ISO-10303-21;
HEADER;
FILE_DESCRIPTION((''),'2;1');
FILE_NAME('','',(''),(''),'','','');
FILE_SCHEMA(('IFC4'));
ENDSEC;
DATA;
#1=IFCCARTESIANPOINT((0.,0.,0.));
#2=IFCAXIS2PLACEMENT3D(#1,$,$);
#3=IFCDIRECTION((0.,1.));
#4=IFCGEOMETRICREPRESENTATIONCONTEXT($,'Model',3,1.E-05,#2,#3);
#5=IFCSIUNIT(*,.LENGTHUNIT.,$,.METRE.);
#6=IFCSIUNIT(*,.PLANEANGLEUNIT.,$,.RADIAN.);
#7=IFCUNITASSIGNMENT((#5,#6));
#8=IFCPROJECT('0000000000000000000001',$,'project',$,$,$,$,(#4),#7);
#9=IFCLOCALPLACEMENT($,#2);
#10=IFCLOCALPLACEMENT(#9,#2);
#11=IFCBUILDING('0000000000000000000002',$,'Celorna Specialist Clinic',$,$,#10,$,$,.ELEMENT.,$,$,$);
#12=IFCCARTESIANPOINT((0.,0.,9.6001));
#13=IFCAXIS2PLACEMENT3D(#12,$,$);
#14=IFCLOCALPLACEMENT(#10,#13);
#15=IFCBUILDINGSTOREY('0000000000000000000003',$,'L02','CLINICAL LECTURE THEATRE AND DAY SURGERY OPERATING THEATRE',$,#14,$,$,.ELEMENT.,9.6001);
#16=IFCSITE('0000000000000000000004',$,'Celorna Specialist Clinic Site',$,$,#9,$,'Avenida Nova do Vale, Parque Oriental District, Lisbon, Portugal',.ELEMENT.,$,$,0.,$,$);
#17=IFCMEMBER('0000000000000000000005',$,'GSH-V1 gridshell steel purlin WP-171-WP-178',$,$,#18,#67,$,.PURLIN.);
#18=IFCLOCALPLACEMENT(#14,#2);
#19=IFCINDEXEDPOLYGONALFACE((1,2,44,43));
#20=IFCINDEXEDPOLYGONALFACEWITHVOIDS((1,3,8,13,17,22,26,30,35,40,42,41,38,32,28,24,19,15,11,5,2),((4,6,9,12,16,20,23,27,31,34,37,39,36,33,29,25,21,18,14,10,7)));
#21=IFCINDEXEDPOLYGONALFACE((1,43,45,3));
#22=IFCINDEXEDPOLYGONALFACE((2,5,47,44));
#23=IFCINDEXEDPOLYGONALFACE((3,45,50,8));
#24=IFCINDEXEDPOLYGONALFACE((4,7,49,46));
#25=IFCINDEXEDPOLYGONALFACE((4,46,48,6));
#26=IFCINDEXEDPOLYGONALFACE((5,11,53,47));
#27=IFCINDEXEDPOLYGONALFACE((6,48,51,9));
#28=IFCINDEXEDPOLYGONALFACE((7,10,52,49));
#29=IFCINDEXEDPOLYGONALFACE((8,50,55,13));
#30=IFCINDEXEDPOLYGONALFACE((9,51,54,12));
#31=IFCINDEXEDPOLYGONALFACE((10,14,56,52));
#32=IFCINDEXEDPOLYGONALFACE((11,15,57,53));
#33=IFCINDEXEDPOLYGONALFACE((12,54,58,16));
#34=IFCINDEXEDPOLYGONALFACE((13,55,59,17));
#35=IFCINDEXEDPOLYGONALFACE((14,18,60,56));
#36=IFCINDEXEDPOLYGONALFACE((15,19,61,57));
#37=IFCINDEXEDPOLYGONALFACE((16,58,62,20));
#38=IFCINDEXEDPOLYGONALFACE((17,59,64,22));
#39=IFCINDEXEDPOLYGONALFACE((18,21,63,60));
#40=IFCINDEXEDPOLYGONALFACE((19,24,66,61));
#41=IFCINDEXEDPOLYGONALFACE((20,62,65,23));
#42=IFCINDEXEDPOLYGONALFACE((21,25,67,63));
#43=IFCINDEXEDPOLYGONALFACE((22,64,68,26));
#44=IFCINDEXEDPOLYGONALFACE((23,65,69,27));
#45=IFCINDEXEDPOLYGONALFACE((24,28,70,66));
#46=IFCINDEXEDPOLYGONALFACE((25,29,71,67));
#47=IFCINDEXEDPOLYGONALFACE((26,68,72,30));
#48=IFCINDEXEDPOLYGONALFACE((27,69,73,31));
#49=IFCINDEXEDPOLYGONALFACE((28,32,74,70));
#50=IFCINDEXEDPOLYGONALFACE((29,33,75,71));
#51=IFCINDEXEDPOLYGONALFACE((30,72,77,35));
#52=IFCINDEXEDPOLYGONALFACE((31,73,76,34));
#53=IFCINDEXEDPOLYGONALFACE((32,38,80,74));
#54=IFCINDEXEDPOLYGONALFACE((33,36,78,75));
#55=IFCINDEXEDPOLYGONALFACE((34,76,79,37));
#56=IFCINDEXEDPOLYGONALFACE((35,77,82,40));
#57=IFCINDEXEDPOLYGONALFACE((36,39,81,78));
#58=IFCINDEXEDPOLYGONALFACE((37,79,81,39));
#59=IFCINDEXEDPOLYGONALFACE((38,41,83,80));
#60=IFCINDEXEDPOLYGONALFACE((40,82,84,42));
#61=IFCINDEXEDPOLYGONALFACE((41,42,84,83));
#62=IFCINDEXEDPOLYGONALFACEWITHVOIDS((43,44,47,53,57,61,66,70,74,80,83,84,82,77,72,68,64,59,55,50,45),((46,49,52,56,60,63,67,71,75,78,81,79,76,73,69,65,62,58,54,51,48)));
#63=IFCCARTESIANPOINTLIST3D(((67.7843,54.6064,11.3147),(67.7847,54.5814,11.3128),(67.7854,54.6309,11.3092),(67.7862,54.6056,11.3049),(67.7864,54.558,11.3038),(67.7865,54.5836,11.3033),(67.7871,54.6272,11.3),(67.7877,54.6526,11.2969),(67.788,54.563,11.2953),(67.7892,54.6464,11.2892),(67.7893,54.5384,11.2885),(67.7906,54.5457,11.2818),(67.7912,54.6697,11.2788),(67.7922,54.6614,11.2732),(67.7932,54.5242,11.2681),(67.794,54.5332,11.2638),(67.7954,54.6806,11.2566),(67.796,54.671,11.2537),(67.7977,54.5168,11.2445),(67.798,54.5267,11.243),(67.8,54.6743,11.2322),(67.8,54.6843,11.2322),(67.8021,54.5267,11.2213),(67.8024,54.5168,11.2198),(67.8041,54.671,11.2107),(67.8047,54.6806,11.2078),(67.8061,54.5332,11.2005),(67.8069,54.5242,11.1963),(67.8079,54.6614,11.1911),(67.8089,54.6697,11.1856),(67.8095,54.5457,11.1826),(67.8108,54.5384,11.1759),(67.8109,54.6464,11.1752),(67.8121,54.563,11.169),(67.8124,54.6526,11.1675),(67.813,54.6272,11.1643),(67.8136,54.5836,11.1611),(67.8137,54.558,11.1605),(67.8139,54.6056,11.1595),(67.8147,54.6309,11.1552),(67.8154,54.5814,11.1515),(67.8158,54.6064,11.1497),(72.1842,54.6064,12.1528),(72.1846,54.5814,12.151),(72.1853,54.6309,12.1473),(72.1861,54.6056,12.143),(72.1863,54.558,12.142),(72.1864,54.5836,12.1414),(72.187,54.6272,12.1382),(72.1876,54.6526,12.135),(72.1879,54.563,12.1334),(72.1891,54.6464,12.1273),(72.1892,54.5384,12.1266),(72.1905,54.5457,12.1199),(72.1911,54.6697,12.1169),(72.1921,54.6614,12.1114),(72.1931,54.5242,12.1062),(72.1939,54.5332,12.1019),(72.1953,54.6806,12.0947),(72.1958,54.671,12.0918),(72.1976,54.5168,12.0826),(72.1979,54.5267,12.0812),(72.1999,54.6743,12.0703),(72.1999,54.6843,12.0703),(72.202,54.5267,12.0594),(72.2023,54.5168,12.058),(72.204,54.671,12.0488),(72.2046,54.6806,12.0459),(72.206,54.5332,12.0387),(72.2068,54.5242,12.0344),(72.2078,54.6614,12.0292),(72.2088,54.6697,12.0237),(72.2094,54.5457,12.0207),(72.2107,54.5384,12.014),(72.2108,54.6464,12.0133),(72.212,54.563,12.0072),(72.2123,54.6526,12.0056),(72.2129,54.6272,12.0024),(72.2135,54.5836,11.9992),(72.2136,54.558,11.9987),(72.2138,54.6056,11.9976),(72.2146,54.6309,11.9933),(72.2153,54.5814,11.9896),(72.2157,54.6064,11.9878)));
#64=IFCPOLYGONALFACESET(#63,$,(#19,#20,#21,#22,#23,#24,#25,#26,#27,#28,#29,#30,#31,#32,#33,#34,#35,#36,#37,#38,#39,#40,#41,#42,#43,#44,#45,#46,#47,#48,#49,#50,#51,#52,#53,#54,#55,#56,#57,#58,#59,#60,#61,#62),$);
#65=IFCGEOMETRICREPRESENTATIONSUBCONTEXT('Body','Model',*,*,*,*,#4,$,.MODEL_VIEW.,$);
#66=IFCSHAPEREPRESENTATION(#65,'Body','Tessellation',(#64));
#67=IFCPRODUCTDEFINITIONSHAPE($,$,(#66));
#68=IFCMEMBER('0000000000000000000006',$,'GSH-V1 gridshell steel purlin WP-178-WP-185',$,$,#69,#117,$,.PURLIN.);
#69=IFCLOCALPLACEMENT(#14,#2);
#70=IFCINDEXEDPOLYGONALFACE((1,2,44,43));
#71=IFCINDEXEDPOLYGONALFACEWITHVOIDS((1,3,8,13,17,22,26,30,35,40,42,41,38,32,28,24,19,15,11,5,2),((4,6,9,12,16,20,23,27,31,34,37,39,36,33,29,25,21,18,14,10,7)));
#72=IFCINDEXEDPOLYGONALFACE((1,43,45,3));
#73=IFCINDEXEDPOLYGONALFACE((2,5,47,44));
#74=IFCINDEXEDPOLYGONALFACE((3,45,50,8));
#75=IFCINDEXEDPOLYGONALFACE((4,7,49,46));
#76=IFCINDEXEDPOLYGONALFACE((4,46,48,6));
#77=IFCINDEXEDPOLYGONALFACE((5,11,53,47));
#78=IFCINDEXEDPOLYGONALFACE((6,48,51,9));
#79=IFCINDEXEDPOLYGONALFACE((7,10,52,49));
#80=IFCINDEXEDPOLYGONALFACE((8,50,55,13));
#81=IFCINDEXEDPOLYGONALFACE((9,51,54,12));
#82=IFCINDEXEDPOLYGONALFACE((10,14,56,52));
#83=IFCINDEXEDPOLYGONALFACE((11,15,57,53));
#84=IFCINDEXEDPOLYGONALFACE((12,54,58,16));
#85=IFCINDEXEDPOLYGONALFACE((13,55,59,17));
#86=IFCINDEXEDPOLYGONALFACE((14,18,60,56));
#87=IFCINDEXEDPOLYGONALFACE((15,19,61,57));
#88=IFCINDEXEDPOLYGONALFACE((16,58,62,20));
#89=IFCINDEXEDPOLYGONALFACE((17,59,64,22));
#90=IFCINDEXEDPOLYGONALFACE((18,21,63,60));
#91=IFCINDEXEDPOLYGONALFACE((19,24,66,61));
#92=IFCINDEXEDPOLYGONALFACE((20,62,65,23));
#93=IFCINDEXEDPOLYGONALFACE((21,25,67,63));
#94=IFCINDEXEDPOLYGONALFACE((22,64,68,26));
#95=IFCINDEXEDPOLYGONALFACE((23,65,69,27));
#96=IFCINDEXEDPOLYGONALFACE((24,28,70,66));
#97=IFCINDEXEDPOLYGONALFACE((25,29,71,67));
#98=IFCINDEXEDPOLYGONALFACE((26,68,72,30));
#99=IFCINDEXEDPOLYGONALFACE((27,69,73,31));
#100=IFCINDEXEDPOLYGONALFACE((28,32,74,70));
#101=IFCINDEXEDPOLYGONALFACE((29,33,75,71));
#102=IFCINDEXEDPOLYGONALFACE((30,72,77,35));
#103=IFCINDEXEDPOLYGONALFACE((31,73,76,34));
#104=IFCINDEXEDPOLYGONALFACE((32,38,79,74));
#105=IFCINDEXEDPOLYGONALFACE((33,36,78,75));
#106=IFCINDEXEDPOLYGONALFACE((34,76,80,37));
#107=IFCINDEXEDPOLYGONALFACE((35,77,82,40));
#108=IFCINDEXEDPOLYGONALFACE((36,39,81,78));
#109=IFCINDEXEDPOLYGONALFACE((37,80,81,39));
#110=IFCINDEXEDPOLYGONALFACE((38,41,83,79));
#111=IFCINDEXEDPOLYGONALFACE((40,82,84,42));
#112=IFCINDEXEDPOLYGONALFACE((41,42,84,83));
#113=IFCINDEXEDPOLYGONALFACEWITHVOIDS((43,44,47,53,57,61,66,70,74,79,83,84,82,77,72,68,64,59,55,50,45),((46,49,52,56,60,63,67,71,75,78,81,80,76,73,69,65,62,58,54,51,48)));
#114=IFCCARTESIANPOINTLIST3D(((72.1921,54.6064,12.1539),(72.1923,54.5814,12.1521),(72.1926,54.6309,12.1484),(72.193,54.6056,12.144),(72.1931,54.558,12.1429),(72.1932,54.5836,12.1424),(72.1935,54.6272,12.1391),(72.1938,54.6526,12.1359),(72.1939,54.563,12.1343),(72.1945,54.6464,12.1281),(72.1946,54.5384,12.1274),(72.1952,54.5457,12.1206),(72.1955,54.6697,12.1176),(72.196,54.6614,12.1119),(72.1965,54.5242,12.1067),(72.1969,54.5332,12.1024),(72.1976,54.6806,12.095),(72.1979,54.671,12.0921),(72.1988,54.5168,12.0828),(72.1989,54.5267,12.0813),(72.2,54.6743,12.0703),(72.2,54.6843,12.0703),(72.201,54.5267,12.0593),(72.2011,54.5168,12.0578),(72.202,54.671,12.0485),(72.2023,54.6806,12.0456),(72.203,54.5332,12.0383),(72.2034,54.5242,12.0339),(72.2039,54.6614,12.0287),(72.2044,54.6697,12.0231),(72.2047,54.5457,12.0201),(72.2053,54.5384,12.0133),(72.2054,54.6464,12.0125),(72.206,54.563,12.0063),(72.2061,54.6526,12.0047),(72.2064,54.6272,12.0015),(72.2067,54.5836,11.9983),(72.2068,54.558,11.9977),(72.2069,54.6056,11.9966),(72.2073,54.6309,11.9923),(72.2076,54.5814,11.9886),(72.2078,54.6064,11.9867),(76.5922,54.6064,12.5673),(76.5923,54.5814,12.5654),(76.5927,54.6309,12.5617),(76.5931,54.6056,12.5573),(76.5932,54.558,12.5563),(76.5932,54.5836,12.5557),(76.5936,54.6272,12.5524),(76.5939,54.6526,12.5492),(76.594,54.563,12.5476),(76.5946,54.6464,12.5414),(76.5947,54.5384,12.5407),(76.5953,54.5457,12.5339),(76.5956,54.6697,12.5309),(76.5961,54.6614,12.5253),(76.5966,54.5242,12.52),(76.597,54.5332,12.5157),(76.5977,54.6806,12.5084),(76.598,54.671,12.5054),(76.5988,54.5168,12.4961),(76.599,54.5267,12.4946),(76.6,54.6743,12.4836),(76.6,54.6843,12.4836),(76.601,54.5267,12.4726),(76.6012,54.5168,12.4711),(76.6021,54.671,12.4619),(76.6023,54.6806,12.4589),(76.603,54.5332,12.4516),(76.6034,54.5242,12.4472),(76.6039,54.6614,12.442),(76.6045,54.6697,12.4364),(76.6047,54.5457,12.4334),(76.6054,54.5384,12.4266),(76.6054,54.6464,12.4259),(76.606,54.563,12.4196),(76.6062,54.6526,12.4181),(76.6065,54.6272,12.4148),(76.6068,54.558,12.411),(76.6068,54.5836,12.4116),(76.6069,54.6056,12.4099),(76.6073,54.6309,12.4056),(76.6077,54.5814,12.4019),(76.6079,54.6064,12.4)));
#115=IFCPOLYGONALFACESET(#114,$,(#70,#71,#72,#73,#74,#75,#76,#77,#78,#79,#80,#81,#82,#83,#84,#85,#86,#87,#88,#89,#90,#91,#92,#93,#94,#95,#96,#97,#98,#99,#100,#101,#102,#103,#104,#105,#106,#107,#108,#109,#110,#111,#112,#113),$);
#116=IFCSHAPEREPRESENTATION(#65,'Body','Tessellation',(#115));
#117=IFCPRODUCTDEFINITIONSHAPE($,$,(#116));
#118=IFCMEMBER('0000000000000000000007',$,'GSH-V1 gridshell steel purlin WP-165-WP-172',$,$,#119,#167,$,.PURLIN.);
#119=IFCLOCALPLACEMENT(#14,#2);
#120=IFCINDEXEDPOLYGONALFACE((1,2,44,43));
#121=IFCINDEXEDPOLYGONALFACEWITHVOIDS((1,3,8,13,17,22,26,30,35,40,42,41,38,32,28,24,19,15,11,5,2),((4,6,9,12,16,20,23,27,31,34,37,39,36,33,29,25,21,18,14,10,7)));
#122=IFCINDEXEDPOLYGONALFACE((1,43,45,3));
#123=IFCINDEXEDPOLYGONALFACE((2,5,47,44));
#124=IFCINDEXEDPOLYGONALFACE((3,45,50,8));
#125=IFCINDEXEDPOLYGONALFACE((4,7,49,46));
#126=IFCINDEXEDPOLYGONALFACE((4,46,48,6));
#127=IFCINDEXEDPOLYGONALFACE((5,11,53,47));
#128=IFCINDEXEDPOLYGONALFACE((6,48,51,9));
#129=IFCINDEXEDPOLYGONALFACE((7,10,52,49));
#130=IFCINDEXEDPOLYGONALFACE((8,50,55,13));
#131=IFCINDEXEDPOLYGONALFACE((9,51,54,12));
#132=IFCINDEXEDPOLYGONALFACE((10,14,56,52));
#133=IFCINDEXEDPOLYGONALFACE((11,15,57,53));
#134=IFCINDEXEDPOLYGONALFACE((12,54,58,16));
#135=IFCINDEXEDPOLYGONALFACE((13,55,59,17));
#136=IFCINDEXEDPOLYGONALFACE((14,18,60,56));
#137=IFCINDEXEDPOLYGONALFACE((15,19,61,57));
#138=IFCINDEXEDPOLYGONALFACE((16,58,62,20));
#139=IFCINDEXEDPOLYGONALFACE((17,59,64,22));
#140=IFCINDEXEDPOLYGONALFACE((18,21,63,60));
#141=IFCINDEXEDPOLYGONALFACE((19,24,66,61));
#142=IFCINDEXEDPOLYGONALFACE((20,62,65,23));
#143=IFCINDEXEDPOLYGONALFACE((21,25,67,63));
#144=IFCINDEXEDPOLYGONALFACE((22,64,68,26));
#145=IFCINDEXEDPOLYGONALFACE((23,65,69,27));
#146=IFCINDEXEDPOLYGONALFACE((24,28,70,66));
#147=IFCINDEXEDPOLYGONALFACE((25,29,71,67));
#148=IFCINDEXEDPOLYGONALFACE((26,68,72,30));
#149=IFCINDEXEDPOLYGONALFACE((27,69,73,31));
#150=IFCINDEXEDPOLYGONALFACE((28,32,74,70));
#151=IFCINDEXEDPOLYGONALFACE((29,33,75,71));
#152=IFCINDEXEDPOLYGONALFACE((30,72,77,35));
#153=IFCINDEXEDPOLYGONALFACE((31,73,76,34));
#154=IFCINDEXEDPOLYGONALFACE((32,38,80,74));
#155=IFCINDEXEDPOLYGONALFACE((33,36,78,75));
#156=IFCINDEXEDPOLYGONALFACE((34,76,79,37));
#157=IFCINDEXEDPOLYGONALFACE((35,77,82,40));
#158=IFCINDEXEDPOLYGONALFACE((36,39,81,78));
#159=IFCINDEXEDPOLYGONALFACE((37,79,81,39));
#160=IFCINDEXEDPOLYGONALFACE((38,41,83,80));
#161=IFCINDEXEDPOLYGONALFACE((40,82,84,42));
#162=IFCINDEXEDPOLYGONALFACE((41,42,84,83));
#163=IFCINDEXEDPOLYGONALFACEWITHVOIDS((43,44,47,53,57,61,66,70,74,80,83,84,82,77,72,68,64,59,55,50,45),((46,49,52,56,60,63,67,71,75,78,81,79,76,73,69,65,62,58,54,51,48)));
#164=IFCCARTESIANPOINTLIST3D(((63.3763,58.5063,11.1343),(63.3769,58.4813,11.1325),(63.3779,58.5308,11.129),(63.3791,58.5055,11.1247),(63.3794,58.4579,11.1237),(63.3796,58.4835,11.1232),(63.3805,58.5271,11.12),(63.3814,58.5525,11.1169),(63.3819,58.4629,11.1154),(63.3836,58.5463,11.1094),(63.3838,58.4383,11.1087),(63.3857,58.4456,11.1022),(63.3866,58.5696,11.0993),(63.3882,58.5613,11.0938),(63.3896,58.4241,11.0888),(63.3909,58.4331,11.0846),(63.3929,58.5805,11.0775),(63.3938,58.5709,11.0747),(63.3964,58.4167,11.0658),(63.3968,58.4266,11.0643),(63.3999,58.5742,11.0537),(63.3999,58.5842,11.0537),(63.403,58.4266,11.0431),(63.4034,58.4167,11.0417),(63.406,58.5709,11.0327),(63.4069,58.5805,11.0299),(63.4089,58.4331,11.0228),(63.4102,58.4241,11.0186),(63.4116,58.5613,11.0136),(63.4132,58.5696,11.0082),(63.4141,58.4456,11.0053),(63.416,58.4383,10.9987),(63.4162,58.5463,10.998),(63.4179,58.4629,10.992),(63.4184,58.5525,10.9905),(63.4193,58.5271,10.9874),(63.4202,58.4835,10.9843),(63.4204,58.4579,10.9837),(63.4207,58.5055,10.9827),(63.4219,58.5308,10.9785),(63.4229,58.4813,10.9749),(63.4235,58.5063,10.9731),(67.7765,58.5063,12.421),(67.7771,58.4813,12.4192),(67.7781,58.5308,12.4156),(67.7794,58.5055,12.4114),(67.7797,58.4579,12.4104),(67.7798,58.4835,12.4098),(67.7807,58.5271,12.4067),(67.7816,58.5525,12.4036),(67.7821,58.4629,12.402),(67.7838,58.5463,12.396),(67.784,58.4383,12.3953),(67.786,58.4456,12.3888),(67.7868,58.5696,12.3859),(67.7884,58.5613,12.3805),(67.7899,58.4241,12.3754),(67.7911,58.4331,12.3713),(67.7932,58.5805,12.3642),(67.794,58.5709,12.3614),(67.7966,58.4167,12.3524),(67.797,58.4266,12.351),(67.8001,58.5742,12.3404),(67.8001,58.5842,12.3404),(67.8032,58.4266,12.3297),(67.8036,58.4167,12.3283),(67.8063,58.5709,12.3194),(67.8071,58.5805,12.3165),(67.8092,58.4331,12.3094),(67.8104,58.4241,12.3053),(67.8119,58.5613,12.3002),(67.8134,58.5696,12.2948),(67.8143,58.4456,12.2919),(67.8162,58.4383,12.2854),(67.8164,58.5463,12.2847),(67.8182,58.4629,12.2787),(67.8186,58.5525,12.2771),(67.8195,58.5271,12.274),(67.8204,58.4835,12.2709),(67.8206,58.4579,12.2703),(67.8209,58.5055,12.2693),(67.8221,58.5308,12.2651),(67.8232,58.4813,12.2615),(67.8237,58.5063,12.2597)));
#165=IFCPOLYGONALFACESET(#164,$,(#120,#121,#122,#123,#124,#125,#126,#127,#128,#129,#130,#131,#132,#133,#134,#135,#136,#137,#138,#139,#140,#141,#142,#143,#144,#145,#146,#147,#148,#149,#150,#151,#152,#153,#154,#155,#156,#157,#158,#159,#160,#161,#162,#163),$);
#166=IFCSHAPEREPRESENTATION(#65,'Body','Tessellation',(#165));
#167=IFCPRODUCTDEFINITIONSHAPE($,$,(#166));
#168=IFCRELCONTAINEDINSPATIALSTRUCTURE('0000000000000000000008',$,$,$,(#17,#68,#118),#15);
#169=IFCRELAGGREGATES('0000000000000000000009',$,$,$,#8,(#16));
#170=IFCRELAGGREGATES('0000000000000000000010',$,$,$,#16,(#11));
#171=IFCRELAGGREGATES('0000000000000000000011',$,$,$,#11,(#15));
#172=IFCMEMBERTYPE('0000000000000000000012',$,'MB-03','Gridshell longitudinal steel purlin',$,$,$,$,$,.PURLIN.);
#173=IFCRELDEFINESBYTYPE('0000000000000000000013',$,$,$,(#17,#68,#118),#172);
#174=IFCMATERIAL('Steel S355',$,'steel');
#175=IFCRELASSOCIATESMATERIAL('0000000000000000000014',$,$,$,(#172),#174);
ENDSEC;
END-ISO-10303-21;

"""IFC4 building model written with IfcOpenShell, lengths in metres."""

from ifc_helpers import new_model, si_unit, direction, frame, origin, origin_2d, place, context, subcontext, project, spatial, hollow_circle, extrude, material, material_profile, profile_set, type_object, element, save


model = new_model("IFC4")

# Units and contexts
model_context = context("Model", 3, precision=1e-05, world=origin(), true_north=direction((0.0, 1.0)))
body_context = subcontext(model_context, "Body", "Model", "MODEL_VIEW")
ifc_project = project(units=[si_unit("LENGTHUNIT", "METRE"), si_unit("PLANEANGLEUNIT", "RADIAN")], contexts=[model_context])

# Site, building, storey
site_placement = place(None, origin())
site = spatial("IfcSite", under=ifc_project, at=site_placement, Name="Celorna Specialist Clinic Site", LongName="Avenida Nova do Vale, Parque Oriental District, Lisbon, Portugal", CompositionType="ELEMENT", RefElevation=0.0)
building_placement = place(site_placement, origin())
building = spatial("IfcBuilding", under=site, at=building_placement, Name="Celorna Specialist Clinic", CompositionType="ELEMENT")
storey_placement = place(building_placement, frame((0.0, 0.0, 9.6001)))
storey = spatial("IfcBuildingStorey", under=building, at=storey_placement, Name="L02", Description="CLINICAL LECTURE THEATRE AND DAY SURGERY OPERATING THEATRE", CompositionType="ELEMENT", Elevation=9.6001)

# Shared definitions
ifc_material_1 = material(Name="Steel S355", Category="steel")

# Members
ifc_material_profile_1 = material_profile(ifc_material_1, hollow_circle(Radius=0.0842, WallThickness=0.01, at=origin_2d()), Name="CHS 168.3x10")
ifc_profile_set_1 = profile_set([ifc_material_profile_1], Name="Steel S355")
member_type_1 = type_object("IfcMemberType", Name="MB-03", Description="Gridshell longitudinal steel purlin", PredefinedType="PURLIN", material=ifc_profile_set_1)
member_1_placement = place(storey_placement, frame((67.8, 54.6001, 11.2322), z_axis=(0.982336, 0.0, 0.187125), x_axis=(0.0, 1.0, 0.0)))
element("IfcMember", 1, at=member_1_placement, inside=storey, type_object=member_type_1, Name="GSH-V1 gridshell steel purlin WP-171-WP-178", PredefinedType="PURLIN", context=body_context, shape_type="SweptSolid", body=[
    extrude(hollow_circle(Radius=0.0842, WallThickness=0.01, at=origin_2d()), origin(), (0.0, 0.0, 1.0), 4.479),
])
member_2_placement = place(storey_placement, frame((72.2, 54.6001, 12.0703), z_axis=(0.995617, 0.0, 0.093524), x_axis=(0.0, 1.0, 0.0)))
element("IfcMember", 2, at=member_2_placement, inside=storey, type_object=member_type_1, Name="GSH-V1 gridshell steel purlin WP-178-WP-185", PredefinedType="PURLIN", context=body_context, shape_type="SweptSolid", body=[
    extrude(hollow_circle(Radius=0.0842, WallThickness=0.01, at=origin_2d()), origin(), (0.0, 0.0, 1.0), 4.4194),
])
member_3_placement = place(storey_placement, frame((63.3999, 58.5, 11.0537), z_axis=(0.95981, 0.0, 0.280652), x_axis=(0.0, 1.0, 0.0)))
element("IfcMember", 3, at=member_3_placement, inside=storey, type_object=member_type_1, Name="GSH-V1 gridshell steel purlin WP-165-WP-172", PredefinedType="PURLIN", context=body_context, shape_type="SweptSolid", body=[
    extrude(hollow_circle(Radius=0.0842, WallThickness=0.01, at=origin_2d()), origin(), (0.0, 0.0, 1.0), 4.5845),
])

save(model, "model.ifc")
